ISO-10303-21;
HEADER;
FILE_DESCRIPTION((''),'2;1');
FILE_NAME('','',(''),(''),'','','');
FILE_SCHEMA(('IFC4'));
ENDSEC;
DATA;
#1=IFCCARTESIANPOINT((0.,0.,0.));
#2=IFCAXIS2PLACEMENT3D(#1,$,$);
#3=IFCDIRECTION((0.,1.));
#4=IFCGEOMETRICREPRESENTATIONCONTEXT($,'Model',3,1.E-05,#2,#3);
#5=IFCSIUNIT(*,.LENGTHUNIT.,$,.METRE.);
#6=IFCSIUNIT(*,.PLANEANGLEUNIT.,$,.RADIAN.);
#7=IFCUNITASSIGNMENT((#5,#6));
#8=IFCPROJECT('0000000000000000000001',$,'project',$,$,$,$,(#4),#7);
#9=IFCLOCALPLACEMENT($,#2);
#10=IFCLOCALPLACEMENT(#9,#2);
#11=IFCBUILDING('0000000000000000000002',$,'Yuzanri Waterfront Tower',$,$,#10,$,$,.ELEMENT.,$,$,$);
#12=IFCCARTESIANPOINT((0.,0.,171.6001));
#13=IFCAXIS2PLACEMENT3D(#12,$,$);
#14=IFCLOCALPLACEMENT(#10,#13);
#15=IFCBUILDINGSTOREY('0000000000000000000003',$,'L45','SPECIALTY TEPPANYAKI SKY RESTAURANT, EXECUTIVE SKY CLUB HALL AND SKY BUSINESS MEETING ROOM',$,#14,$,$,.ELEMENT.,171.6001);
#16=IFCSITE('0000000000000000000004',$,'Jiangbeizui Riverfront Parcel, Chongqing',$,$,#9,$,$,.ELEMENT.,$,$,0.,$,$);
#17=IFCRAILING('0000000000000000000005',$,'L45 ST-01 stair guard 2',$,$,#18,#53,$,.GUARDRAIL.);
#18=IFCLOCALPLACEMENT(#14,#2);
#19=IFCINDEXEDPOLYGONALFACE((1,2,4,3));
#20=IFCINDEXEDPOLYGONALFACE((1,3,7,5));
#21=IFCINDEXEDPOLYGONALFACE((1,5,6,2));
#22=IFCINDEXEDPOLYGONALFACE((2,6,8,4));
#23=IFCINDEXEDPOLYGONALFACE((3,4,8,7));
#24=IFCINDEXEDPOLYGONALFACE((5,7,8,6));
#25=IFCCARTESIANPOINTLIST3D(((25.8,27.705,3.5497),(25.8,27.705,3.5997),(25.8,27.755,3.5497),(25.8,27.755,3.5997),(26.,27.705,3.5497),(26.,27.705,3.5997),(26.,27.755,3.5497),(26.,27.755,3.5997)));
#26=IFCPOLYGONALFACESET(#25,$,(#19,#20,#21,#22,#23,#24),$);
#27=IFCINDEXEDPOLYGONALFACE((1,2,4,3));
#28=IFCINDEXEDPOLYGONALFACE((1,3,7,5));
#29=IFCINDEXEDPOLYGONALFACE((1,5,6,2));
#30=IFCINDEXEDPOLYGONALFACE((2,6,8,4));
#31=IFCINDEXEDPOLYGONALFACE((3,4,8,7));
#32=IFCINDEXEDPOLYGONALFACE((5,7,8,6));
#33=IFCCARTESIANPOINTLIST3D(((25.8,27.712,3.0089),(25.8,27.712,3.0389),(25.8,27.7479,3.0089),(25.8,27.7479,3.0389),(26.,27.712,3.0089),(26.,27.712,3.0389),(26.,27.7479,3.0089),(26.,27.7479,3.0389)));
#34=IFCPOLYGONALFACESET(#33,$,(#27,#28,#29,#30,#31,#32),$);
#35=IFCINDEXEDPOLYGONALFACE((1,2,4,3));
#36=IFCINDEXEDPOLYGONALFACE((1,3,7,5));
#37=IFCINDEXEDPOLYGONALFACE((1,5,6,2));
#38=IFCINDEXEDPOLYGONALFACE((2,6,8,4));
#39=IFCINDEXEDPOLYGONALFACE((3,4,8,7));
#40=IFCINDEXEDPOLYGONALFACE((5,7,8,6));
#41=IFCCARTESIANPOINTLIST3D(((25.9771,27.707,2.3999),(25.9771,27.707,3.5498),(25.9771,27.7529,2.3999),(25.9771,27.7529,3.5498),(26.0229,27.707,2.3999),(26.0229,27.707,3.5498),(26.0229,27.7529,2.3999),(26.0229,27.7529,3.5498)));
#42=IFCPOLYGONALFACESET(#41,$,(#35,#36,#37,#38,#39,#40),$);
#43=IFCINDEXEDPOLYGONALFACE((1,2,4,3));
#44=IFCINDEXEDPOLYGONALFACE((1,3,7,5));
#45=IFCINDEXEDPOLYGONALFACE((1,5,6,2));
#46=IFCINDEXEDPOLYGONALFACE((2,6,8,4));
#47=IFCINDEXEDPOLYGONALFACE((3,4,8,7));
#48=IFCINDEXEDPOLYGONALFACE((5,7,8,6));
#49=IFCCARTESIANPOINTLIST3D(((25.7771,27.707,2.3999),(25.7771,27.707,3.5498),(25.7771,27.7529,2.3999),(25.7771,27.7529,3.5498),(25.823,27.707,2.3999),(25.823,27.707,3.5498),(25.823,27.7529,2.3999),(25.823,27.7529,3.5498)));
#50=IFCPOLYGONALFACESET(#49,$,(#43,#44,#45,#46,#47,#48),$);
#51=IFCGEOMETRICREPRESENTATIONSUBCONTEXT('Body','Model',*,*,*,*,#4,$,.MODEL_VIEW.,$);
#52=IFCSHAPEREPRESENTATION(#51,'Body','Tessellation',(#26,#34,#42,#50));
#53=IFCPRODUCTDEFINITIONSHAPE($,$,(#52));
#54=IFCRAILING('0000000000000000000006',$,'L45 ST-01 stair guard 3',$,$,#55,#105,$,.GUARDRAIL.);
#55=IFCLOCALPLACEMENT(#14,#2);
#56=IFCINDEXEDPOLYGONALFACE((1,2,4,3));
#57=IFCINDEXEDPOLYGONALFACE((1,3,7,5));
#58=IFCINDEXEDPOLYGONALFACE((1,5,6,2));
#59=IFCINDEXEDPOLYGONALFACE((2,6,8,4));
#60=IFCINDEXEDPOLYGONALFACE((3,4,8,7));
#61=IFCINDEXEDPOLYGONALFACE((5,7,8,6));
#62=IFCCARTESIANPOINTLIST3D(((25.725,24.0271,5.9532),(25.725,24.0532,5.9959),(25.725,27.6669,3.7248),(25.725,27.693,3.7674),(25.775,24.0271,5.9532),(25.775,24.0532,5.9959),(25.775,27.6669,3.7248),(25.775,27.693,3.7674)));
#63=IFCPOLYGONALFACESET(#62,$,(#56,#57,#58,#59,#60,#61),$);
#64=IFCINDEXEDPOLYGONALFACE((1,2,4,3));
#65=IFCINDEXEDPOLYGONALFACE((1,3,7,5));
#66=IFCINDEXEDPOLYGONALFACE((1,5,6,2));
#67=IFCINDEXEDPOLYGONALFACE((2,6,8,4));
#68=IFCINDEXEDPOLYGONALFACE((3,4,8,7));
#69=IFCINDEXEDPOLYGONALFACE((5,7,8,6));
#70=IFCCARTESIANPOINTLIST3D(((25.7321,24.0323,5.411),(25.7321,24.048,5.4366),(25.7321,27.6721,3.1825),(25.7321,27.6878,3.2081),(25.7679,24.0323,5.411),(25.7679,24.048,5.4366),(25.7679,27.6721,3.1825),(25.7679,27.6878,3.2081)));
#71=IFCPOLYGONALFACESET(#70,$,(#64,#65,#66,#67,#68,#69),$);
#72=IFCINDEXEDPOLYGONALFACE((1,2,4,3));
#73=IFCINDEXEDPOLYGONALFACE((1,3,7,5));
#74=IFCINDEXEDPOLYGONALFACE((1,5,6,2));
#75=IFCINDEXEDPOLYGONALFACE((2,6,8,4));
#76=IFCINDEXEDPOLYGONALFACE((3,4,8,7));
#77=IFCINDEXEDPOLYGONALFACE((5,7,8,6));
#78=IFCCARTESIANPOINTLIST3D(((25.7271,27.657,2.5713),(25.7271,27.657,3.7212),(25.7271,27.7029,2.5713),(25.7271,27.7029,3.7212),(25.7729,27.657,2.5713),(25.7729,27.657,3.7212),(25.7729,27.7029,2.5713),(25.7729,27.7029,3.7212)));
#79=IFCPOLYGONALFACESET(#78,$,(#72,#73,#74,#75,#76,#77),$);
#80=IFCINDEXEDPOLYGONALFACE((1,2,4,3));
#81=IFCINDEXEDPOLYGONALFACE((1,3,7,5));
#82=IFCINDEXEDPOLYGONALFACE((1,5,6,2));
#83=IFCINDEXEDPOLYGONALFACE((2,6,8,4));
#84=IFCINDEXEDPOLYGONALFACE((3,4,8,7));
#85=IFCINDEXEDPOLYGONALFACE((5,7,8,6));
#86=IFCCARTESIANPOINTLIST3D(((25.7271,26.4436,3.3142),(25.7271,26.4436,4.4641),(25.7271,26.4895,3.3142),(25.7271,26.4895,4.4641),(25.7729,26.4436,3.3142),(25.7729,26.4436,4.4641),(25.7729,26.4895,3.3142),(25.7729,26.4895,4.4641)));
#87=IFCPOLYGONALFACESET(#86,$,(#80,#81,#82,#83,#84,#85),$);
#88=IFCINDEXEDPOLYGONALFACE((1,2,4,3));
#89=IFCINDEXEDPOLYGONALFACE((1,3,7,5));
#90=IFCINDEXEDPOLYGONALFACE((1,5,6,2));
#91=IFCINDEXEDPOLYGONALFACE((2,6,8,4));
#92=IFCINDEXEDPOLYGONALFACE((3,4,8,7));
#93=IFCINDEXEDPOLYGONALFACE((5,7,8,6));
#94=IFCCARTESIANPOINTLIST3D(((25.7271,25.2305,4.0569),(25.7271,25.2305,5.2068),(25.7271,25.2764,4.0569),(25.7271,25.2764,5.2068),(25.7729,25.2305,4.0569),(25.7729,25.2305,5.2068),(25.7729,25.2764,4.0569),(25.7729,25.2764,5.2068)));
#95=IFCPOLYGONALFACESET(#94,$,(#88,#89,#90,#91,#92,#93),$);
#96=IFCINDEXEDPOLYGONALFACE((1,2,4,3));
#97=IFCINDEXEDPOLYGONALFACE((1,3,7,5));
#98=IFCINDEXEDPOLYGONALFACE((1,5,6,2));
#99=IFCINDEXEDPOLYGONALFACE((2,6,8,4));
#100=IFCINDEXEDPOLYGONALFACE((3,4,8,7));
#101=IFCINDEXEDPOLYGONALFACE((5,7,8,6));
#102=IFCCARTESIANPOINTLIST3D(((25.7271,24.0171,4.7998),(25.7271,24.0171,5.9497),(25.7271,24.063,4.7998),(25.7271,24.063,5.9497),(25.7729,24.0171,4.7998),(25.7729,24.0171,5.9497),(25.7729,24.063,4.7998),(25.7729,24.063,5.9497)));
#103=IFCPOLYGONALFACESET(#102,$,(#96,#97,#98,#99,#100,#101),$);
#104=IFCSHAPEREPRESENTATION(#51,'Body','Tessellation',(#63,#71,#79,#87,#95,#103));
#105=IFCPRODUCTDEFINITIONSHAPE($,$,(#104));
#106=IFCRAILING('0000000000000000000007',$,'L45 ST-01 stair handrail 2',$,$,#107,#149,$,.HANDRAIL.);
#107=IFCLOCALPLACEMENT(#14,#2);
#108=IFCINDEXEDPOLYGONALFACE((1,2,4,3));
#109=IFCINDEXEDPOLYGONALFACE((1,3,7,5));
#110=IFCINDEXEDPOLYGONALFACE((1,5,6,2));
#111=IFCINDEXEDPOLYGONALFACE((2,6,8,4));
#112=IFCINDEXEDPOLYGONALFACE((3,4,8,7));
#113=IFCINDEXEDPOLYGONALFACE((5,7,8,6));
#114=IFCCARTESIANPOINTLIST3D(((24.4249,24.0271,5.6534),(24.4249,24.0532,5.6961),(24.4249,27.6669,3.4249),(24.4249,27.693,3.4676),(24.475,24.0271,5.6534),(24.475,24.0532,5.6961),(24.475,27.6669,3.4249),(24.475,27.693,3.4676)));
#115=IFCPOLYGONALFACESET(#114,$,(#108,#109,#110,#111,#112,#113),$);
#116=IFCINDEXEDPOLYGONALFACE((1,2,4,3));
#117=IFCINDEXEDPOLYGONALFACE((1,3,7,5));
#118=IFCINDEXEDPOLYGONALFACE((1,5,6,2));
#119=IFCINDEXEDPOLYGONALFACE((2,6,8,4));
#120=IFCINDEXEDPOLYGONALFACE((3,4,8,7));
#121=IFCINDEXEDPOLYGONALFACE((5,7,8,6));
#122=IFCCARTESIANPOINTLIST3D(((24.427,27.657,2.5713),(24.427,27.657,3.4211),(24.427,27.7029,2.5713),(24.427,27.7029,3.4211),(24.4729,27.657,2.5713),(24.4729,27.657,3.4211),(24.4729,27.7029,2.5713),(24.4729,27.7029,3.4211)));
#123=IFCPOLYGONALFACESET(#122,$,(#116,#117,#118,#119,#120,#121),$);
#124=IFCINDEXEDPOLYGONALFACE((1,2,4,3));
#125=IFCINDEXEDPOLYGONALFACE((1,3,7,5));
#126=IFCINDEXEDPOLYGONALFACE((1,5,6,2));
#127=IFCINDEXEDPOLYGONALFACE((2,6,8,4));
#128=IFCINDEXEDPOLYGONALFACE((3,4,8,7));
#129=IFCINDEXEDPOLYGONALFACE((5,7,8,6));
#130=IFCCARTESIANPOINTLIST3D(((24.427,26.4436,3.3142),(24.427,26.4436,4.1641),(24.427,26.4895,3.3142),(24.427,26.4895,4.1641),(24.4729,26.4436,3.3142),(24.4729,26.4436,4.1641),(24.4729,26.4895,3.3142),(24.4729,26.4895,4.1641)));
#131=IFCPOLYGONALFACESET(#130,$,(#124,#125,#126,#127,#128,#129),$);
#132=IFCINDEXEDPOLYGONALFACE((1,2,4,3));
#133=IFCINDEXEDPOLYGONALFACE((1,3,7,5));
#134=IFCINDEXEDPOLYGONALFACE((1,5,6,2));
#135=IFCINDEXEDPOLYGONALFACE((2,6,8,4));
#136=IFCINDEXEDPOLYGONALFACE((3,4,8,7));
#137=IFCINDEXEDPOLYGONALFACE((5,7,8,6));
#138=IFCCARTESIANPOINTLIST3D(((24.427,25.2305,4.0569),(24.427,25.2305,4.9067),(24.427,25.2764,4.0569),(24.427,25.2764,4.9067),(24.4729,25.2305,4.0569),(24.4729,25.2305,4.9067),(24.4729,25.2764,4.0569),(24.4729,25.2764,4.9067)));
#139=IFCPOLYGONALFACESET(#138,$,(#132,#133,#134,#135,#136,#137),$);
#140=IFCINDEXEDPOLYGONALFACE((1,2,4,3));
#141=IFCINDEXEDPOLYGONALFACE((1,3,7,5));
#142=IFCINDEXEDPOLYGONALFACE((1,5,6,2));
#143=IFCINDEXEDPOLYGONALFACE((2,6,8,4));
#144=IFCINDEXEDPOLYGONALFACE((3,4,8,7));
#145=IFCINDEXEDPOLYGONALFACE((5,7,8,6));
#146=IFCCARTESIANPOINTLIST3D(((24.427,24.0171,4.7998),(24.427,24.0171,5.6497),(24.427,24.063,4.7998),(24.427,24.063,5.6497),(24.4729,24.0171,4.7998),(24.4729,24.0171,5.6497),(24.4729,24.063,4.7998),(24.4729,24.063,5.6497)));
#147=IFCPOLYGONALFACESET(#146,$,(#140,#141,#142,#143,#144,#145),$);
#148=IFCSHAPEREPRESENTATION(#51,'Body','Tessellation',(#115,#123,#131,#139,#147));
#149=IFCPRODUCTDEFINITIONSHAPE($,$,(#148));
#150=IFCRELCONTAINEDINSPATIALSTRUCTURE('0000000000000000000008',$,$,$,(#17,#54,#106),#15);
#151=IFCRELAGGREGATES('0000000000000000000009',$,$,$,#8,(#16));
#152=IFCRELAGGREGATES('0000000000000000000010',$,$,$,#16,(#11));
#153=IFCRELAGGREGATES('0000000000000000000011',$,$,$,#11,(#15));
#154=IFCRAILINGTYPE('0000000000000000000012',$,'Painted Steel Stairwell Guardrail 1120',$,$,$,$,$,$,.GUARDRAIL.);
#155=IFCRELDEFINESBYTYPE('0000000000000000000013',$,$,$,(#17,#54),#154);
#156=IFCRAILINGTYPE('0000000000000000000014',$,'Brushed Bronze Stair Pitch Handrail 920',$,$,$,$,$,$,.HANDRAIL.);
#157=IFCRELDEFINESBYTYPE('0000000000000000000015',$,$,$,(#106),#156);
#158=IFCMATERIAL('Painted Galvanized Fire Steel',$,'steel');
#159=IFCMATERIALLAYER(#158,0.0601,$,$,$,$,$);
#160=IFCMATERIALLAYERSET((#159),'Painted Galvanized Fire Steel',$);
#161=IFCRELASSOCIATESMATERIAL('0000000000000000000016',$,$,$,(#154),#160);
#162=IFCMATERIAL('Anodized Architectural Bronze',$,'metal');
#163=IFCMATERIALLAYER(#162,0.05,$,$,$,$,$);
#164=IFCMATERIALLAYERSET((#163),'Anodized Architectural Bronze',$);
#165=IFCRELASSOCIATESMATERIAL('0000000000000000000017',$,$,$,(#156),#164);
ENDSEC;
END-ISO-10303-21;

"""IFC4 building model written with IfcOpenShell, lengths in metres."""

from ifc_helpers import new_model, si_unit, direction, frame, origin, origin_2d, place, context, subcontext, project, spatial, rectangle, extrude, source, transform, mapped, material, layer, layer_set, type_object, element, save


model = new_model("IFC4")

# Units and contexts
model_context = context("Model", 3, precision=1e-05, world=origin(), true_north=direction((0.0, 1.0)))
body_context = subcontext(model_context, "Body", "Model", "MODEL_VIEW")
ifc_project = project(units=[si_unit("LENGTHUNIT", "METRE"), si_unit("PLANEANGLEUNIT", "RADIAN")], contexts=[model_context])

# Site, building, storey
site_placement = place(None, origin())
site = spatial("IfcSite", under=ifc_project, at=site_placement, Name="Jiangbeizui Riverfront Parcel, Chongqing", CompositionType="ELEMENT", RefElevation=0.0)
building_placement = place(site_placement, origin())
building = spatial("IfcBuilding", under=site, at=building_placement, Name="Yuzanri Waterfront Tower", CompositionType="ELEMENT")
storey_placement = place(building_placement, frame((0.0, 0.0, 171.6001)))
storey = spatial("IfcBuildingStorey", under=building, at=storey_placement, Name="L45", Description="SPECIALTY TEPPANYAKI SKY RESTAURANT, EXECUTIVE SKY CLUB HALL AND SKY BUSINESS MEETING ROOM", CompositionType="ELEMENT", Elevation=171.6001)

# Railings
ifc_material_1 = material(Name="Painted Galvanized Fire Steel", Category="steel")
ifc_layer_1 = layer(ifc_material_1, 0.0601)
ifc_layer_set_1 = layer_set([ifc_layer_1], Name="Painted Galvanized Fire Steel")
railing_type_1 = type_object("IfcRailingType", Name="Painted Steel Stairwell Guardrail 1120", PredefinedType="GUARDRAIL", material=ifc_layer_set_1)
shared_shape_1 = source(origin(), body_context, "Body", "SweptSolid", [
    extrude(rectangle(XDim=0.05, YDim=0.05, at=origin_2d()), frame((0.0, 0.0, 1.1748), z_axis=(-1.0, 0.0, 0.0), x_axis=(0.0, -1.0, 0.0)), (0.0, 0.0, 1.0), 0.2),
    extrude(rectangle(XDim=0.0359, YDim=0.03, at=origin_2d()), frame((0.0, 0.0, 0.624), z_axis=(-1.0, 0.0, 0.0), x_axis=(0.0, -1.0, 0.0)), (0.0, 0.0, 1.0), 0.2),
    extrude(rectangle(XDim=0.0459, YDim=0.0459, at=origin_2d()), origin(), (0.0, 0.0, 1.0), 1.1499),
    extrude(rectangle(XDim=0.0459, YDim=0.0459, at=origin_2d()), frame((-0.2, 0.0, 0.0)), (0.0, 0.0, 1.0), 1.1499),
])
railing_1_placement = place(storey_placement, frame((26.0, 27.73, 2.3999)))
element("IfcRailing", 1, at=railing_1_placement, inside=storey, type_object=railing_type_1, Name="L45 ST-01 stair guard 2", PredefinedType="GUARDRAIL", context=body_context, shape_type="MappedRepresentation", body=[
    mapped(shared_shape_1, transform((0.0, 0.0, 0.0), scale=1.0)),
])
shared_shape_2 = source(origin(), body_context, "Body", "SweptSolid", [
    extrude(rectangle(XDim=0.05, YDim=0.05, at=origin_2d()), frame((0.0, 0.0, 1.1748), z_axis=(0.0, -0.85285, 0.522156), x_axis=(1.0, 0.0, 0.0)), (0.0, 0.0, 1.0), 4.2678),
    extrude(rectangle(XDim=0.0359, YDim=0.03, at=origin_2d()), frame((0.0, 0.0, 0.624), z_axis=(0.0, -0.85285, 0.522156), x_axis=(1.0, 0.0, 0.0)), (0.0, 0.0, 1.0), 4.2678),
    extrude(rectangle(XDim=0.0459, YDim=0.0459, at=origin_2d()), origin(), (0.0, 0.0, 1.0), 1.1499),
    extrude(rectangle(XDim=0.0459, YDim=0.0459, at=origin_2d()), frame((0.0, -1.2134, 0.7429)), (0.0, 0.0, 1.0), 1.1499),
    extrude(rectangle(XDim=0.0459, YDim=0.0459, at=origin_2d()), frame((0.0, -2.4265, 1.4856)), (0.0, 0.0, 1.0), 1.1499),
    extrude(rectangle(XDim=0.0459, YDim=0.0459, at=origin_2d()), frame((0.0, -3.6399, 2.2285)), (0.0, 0.0, 1.0), 1.1499),
])
railing_2_placement = place(storey_placement, frame((25.75, 27.6799, 2.5713)))
element("IfcRailing", 2, at=railing_2_placement, inside=storey, type_object=railing_type_1, Name="L45 ST-01 stair guard 3", PredefinedType="GUARDRAIL", context=body_context, shape_type="MappedRepresentation", body=[
    mapped(shared_shape_2, transform((0.0, 0.0, 0.0), scale=1.0)),
])
ifc_material_2 = material(Name="Anodized Architectural Bronze", Category="metal")
ifc_layer_2 = layer(ifc_material_2, 0.05)
ifc_layer_set_2 = layer_set([ifc_layer_2], Name="Anodized Architectural Bronze")
railing_type_2 = type_object("IfcRailingType", Name="Brushed Bronze Stair Pitch Handrail 920", PredefinedType="HANDRAIL", material=ifc_layer_set_2)
shared_shape_3 = source(origin(), body_context, "Body", "SweptSolid", [
    extrude(rectangle(XDim=0.05, YDim=0.05, at=origin_2d()), frame((0.0, 0.0, 0.875), z_axis=(0.0, -0.85285, 0.522156), x_axis=(1.0, 0.0, 0.0)), (0.0, 0.0, 1.0), 4.2678),
    extrude(rectangle(XDim=0.0459, YDim=0.0459, at=origin_2d()), origin(), (0.0, 0.0, 1.0), 0.8499),
    extrude(rectangle(XDim=0.0459, YDim=0.0459, at=origin_2d()), frame((0.0, -1.2134, 0.7429)), (0.0, 0.0, 1.0), 0.8499),
    extrude(rectangle(XDim=0.0459, YDim=0.0459, at=origin_2d()), frame((0.0, -2.4265, 1.4856)), (0.0, 0.0, 1.0), 0.8499),
    extrude(rectangle(XDim=0.0459, YDim=0.0459, at=origin_2d()), frame((0.0, -3.6399, 2.2285)), (0.0, 0.0, 1.0), 0.8499),
])
railing_3_placement = place(storey_placement, frame((24.45, 27.6799, 2.5713)))
element("IfcRailing", 3, at=railing_3_placement, inside=storey, type_object=railing_type_2, Name="L45 ST-01 stair handrail 2", PredefinedType="HANDRAIL", context=body_context, shape_type="MappedRepresentation", body=[
    mapped(shared_shape_3, transform((0.0, 0.0, 0.0), scale=1.0)),
])

save(model, "model.ifc")
